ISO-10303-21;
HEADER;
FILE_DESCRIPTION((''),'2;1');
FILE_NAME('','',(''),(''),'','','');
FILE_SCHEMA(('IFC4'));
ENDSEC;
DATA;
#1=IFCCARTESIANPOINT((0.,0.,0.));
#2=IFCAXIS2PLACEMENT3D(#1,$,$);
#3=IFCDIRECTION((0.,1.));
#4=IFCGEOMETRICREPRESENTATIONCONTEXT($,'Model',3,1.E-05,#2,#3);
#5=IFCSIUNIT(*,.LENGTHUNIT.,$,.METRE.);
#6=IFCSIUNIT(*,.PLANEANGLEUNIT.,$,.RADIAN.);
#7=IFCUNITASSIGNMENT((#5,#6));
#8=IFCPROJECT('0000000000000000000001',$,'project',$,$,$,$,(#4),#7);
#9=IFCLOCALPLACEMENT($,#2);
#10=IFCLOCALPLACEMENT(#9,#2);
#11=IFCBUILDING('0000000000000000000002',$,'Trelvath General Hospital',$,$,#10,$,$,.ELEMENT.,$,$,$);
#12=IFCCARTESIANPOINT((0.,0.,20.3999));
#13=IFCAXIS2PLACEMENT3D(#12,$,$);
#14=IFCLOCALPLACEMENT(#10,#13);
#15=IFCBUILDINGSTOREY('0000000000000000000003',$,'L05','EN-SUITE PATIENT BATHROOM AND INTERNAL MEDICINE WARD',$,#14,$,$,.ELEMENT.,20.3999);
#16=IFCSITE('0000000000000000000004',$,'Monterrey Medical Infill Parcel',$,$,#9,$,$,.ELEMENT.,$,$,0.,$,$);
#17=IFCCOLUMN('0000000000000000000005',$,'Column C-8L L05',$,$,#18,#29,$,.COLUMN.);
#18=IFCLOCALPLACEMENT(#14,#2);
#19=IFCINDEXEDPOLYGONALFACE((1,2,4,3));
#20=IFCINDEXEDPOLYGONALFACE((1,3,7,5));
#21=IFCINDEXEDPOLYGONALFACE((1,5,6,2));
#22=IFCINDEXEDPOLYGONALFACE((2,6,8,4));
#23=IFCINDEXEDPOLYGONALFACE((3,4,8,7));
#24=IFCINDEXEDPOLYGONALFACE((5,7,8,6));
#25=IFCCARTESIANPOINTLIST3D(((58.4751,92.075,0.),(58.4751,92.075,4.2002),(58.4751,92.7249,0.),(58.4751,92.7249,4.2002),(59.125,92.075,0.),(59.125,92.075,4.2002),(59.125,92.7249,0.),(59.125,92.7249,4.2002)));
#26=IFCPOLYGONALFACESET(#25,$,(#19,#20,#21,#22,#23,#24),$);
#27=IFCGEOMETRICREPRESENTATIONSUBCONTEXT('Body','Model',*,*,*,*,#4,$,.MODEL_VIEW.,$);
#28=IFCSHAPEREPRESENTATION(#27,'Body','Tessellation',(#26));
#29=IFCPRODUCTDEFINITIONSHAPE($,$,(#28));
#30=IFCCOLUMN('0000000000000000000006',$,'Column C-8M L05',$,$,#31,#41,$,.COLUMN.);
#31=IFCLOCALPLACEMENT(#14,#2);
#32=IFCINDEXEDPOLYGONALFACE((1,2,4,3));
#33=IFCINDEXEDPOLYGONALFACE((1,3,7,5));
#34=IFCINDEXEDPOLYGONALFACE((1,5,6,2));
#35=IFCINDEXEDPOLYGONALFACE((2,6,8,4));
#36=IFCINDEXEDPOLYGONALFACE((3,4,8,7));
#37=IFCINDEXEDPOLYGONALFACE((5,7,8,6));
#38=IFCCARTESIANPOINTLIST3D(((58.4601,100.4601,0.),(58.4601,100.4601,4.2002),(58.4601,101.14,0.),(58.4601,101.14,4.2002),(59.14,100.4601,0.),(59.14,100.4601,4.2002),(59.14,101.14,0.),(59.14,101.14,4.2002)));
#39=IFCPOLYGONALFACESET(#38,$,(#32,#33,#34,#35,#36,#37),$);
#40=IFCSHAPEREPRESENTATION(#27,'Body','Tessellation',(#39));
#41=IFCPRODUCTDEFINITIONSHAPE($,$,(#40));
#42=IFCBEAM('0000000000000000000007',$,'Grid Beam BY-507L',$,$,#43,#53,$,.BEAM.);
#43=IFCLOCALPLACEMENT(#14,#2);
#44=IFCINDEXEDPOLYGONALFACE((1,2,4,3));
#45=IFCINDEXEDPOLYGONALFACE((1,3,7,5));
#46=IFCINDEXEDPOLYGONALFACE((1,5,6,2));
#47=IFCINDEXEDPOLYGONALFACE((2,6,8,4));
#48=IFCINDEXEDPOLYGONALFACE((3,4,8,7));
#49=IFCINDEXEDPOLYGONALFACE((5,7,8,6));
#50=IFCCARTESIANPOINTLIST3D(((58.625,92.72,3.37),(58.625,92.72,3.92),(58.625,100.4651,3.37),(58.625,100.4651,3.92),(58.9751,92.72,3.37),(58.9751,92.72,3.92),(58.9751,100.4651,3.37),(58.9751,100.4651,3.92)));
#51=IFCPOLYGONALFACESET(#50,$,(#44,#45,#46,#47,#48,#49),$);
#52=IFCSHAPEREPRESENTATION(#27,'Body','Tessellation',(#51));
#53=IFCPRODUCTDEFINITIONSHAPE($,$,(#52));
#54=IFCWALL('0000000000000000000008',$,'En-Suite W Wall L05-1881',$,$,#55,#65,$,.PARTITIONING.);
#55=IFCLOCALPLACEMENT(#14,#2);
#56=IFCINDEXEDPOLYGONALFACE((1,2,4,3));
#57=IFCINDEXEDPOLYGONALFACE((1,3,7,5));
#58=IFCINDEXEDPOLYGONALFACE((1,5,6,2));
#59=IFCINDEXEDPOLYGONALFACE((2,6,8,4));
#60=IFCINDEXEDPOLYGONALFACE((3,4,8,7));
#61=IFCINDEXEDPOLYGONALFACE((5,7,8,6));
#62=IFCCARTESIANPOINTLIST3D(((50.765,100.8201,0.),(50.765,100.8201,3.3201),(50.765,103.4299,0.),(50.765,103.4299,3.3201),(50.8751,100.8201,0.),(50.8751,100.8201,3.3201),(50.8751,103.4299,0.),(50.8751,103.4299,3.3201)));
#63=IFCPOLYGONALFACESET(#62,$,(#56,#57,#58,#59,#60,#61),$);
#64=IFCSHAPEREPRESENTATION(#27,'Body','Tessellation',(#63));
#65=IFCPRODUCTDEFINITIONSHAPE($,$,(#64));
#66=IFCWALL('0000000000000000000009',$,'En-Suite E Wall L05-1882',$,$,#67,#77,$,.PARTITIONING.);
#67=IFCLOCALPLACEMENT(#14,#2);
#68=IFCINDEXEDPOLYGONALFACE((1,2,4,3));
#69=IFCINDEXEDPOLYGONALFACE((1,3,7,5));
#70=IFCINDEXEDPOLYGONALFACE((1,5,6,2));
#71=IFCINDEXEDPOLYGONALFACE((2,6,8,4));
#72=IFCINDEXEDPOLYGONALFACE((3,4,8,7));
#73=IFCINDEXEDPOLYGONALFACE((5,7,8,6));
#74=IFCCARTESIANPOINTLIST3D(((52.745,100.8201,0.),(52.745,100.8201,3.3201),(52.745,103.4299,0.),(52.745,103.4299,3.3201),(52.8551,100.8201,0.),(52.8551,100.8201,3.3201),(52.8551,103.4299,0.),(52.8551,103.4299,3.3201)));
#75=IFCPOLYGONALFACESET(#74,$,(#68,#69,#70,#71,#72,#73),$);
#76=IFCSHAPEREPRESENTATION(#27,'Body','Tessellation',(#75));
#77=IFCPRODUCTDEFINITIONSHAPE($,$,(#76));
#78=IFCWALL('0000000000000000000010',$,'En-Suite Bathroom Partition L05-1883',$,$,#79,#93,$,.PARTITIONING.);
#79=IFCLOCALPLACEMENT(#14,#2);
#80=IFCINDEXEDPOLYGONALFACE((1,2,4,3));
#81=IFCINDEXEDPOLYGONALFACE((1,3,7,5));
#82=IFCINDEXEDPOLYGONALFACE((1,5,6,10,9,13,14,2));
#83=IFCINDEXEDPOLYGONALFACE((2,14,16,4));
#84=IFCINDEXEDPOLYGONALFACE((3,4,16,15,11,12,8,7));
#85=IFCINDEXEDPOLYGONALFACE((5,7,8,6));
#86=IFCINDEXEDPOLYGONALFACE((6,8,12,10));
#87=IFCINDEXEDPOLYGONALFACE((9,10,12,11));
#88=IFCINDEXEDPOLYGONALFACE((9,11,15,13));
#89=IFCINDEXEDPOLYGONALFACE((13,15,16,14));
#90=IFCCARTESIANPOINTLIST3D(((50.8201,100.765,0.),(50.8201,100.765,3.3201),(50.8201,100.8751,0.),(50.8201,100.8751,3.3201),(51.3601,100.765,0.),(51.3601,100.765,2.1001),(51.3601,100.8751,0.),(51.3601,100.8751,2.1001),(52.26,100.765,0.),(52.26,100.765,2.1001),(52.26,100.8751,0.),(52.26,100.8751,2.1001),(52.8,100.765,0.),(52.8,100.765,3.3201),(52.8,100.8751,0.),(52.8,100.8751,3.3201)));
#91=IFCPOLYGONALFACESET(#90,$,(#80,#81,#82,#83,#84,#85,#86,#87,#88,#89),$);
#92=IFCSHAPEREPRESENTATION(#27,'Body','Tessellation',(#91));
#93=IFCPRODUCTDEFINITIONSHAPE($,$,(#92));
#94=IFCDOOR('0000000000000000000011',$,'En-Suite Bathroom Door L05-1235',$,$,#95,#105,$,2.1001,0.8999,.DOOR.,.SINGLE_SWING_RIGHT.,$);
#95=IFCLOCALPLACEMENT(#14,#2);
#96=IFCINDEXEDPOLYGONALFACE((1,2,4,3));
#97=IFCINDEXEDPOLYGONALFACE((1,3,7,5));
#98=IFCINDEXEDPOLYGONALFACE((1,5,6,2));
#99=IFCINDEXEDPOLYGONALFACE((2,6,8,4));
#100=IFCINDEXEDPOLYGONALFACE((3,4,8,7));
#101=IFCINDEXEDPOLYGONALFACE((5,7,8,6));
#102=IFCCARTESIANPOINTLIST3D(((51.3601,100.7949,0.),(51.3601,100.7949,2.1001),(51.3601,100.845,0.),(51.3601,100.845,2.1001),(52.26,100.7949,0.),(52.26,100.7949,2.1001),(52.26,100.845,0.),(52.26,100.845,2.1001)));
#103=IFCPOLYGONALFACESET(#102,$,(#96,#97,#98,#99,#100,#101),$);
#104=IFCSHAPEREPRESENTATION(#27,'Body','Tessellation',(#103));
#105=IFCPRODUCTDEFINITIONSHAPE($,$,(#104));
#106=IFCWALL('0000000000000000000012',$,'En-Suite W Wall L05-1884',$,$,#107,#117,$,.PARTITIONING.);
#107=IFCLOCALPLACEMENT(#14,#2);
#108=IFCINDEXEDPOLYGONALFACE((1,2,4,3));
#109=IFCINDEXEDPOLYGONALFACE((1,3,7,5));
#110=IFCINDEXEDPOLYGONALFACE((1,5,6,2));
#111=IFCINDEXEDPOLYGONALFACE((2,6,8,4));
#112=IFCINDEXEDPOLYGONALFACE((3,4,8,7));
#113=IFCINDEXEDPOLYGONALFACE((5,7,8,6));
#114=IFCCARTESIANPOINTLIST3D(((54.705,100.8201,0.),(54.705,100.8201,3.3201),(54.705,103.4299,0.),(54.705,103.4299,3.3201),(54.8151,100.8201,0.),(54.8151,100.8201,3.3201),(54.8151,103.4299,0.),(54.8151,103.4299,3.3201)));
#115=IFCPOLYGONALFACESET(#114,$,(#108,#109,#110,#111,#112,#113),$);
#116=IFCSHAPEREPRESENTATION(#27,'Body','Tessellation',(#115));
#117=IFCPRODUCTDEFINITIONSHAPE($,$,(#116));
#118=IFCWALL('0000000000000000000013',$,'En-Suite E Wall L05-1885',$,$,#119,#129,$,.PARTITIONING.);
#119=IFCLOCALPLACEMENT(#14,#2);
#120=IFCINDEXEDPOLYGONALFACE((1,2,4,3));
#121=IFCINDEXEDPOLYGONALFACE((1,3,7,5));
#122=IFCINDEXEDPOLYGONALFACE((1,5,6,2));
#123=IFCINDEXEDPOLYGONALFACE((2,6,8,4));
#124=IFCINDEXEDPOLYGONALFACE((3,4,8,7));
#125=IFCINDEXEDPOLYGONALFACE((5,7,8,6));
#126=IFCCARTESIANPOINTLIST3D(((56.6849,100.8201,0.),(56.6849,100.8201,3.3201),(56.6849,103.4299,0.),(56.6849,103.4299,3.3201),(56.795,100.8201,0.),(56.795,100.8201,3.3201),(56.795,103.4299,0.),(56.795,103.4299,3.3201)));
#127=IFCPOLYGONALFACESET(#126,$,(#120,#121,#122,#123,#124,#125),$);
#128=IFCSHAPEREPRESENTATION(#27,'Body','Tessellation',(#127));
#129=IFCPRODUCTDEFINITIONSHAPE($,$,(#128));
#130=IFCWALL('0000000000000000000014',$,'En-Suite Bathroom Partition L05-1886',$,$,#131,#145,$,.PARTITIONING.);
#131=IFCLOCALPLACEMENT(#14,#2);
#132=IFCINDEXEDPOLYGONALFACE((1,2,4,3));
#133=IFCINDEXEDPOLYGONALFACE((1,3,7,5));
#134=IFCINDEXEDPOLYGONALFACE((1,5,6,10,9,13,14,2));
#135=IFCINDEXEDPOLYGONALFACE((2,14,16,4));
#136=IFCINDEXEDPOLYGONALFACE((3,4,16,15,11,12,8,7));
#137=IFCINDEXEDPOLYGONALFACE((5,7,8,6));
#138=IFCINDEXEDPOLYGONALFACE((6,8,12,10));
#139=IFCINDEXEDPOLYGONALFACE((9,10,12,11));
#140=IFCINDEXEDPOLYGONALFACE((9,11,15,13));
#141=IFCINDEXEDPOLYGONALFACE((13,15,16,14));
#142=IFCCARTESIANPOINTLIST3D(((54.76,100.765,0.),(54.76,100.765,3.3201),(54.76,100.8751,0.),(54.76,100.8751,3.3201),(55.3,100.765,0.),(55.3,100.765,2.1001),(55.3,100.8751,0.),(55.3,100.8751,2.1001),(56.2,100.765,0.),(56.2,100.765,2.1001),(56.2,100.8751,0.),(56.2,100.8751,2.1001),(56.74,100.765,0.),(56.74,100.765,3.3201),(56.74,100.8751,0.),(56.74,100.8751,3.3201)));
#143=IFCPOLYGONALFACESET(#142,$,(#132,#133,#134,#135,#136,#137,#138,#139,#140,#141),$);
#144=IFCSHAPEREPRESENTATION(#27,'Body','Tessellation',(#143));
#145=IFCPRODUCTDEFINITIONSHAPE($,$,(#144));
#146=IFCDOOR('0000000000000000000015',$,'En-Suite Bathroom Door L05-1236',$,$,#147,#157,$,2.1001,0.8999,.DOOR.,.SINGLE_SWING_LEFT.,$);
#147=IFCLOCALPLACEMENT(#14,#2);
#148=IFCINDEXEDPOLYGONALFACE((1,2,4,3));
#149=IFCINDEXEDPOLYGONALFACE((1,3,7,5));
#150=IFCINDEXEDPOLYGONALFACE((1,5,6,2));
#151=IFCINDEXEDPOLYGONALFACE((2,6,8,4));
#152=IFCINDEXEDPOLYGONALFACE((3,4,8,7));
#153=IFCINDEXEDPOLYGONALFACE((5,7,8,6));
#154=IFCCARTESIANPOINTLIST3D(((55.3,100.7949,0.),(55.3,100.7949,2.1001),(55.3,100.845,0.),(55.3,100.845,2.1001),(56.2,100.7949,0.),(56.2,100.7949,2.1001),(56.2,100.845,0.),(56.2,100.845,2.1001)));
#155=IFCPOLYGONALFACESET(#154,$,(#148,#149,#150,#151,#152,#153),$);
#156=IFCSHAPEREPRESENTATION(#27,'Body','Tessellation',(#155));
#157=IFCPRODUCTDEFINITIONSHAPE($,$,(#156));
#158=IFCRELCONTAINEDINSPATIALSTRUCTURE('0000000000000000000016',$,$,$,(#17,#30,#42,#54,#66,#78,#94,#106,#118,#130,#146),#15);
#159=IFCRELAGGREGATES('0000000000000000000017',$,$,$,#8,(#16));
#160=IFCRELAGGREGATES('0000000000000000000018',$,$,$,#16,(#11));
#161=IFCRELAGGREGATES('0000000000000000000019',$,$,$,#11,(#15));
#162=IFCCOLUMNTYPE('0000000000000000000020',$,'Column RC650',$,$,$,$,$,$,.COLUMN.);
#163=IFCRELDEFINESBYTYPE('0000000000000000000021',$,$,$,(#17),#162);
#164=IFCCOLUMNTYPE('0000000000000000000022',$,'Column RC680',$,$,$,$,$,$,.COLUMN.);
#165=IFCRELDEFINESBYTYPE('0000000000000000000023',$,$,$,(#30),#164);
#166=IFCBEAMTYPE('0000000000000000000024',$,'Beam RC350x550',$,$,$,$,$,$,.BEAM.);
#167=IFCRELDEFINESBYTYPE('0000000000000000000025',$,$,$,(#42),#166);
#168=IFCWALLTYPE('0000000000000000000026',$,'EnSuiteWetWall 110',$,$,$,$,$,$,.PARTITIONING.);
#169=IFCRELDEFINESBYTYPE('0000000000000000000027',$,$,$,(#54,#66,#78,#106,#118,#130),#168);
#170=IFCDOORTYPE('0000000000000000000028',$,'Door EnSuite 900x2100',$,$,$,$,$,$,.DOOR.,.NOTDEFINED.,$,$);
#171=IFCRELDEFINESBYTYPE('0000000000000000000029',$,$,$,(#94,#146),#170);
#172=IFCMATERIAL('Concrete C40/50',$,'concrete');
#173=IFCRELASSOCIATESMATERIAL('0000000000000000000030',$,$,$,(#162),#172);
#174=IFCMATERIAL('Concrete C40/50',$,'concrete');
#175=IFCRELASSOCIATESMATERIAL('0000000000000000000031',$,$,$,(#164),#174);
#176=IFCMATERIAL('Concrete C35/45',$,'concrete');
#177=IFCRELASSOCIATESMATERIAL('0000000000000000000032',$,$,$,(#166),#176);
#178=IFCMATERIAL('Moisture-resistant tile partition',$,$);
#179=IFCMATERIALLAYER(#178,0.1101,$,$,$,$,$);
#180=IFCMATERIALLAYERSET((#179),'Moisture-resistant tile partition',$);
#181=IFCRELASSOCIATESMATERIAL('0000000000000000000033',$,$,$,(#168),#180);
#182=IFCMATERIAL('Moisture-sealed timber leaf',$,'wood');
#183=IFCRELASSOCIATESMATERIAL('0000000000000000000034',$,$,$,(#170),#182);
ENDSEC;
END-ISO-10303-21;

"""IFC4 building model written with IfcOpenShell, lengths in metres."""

from ifc_helpers import new_model, si_unit, direction, frame, frame_2d, origin, origin_2d, place, context, subcontext, project, spatial, rectangle, extrude, material, layer, layer_set, material_profile, profile_set, type_object, element, fill, save


model = new_model("IFC4")

# Units and contexts
model_context = context("Model", 3, precision=1e-05, world=origin(), true_north=direction((0.0, 1.0)))
body_context = subcontext(model_context, "Body", "Model", "MODEL_VIEW")
ifc_project = project(units=[si_unit("LENGTHUNIT", "METRE"), si_unit("PLANEANGLEUNIT", "RADIAN")], contexts=[model_context])

# Site, building, storey
site_placement = place(None, origin())
site = spatial("IfcSite", under=ifc_project, at=site_placement, Name="Monterrey Medical Infill Parcel", CompositionType="ELEMENT", RefElevation=0.0)
building_placement = place(site_placement, origin())
building = spatial("IfcBuilding", under=site, at=building_placement, Name="Trelvath General Hospital", CompositionType="ELEMENT")
storey_placement = place(building_placement, frame((0.0, 0.0, 20.3999)))
storey = spatial("IfcBuildingStorey", under=building, at=storey_placement, Name="L05", Description="EN-SUITE PATIENT BATHROOM AND INTERNAL MEDICINE WARD", CompositionType="ELEMENT", Elevation=20.3999)

# Columns
ifc_material_1 = material(Name="Concrete C40/50", Category="concrete")
ifc_material_profile_1 = material_profile(ifc_material_1, rectangle(XDim=0.6499, YDim=0.6499, at=origin_2d()), Name="RC650x650")
ifc_profile_set_1 = profile_set([ifc_material_profile_1], Name="Concrete C40/50")
column_type_1 = type_object("IfcColumnType", Name="Column RC650", PredefinedType="COLUMN", material=ifc_profile_set_1)
column_1_placement = place(storey_placement, frame((58.8, 92.3999, 0.0), z_axis=(0.0, 0.0, 1.0), x_axis=(1.0, 0.0, 0.0)))
element("IfcColumn", 1, at=column_1_placement, inside=storey, type_object=column_type_1, Name="Column C-8L L05", PredefinedType="COLUMN", context=body_context, shape_type="SweptSolid", body=[
    extrude(rectangle(XDim=0.6499, YDim=0.6499, at=origin_2d()), origin(), (0.0, 0.0, 1.0), 4.2002),
])
ifc_material_2 = material(Name="Concrete C40/50", Category="concrete")
ifc_material_profile_2 = material_profile(ifc_material_2, rectangle(XDim=0.6799, YDim=0.6799, at=origin_2d()), Name="RC680x680")
ifc_profile_set_2 = profile_set([ifc_material_profile_2], Name="Concrete C40/50")
column_type_2 = type_object("IfcColumnType", Name="Column RC680", PredefinedType="COLUMN", material=ifc_profile_set_2)
column_2_placement = place(storey_placement, frame((58.8, 100.8, 0.0), z_axis=(0.0, 0.0, 1.0), x_axis=(1.0, 0.0, 0.0)))
element("IfcColumn", 2, at=column_2_placement, inside=storey, type_object=column_type_2, Name="Column C-8M L05", PredefinedType="COLUMN", context=body_context, shape_type="SweptSolid", body=[
    extrude(rectangle(XDim=0.6799, YDim=0.6799, at=origin_2d()), origin(), (0.0, 0.0, 1.0), 4.2002),
])

# Beam
ifc_material_3 = material(Name="Concrete C35/45", Category="concrete")
ifc_material_profile_3 = material_profile(ifc_material_3, rectangle(XDim=0.3501, YDim=0.55, at=origin_2d()), Name="RCB350x550")
ifc_profile_set_3 = profile_set([ifc_material_profile_3], Name="Concrete C35/45")
beam_type = type_object("IfcBeamType", Name="Beam RC350x550", PredefinedType="BEAM", material=ifc_profile_set_3)
beam_placement = place(storey_placement, frame((58.8, 92.72, 3.645), z_axis=(0.0, 1.0, 0.0), x_axis=(-1.0, 0.0, 0.0)))
element("IfcBeam", 3, at=beam_placement, inside=storey, type_object=beam_type, Name="Grid Beam BY-507L", PredefinedType="BEAM", context=body_context, shape_type="SweptSolid", body=[
    extrude(rectangle(XDim=0.3501, YDim=0.55, at=origin_2d()), origin(), (0.0, 0.0, 1.0), 7.7451),
])

# Walls
ifc_material_4 = material(Name="Moisture-resistant tile partition")
ifc_layer_1 = layer(ifc_material_4, 0.1101)
ifc_layer_set_1 = layer_set([ifc_layer_1], Name="Moisture-resistant tile partition")
wall_type_1 = type_object("IfcWallType", Name="EnSuiteWetWall 110", PredefinedType="PARTITIONING", material=ifc_layer_set_1)
for number, where, z_axis, x_axis, name in (
    (4, (50.8201, 100.8201, 0.0), (0.0, 0.0, 1.0), (0.0, 1.0, 0.0), "En-Suite W Wall L05-1881"),
    (5, (52.8, 100.8201, 0.0), (0.0, 0.0, 1.0), (0.0, 1.0, 0.0), "En-Suite E Wall L05-1882"),
):
    element("IfcWall", number, at=place(storey_placement, frame(where, z_axis=z_axis, x_axis=x_axis)), inside=storey, type_object=wall_type_1, Name=name, PredefinedType="PARTITIONING", context=body_context, shape_type="SweptSolid", body=[
        extrude(rectangle(XDim=2.6099, YDim=0.1101, at=frame_2d((1.3049, 0.0))), origin(), (0.0, 0.0, 1.0), 3.3201),
    ])

# Wall, opening, door
wall_1_placement = place(storey_placement, frame((50.8201, 100.8201, 0.0), z_axis=(0.0, 0.0, 1.0), x_axis=(1.0, 0.0, 0.0)))
wall_1 = element("IfcWall", 6, at=wall_1_placement, inside=storey, type_object=wall_type_1, Name="En-Suite Bathroom Partition L05-1883", PredefinedType="PARTITIONING", context=body_context, shape_type="SweptSolid", body=[
    extrude(rectangle(XDim=1.98, YDim=0.1101, at=frame_2d((0.99, 0.0))), origin(), (0.0, 0.0, 1.0), 3.3201),
])
opening_1_placement = place(wall_1_placement, frame((0.54, 0.0, 0.0)))
opening_1 = element("IfcOpeningElement", 7, at=opening_1_placement, cuts=wall_1, PredefinedType="OPENING", context=body_context, shape_type="SweptSolid", body=[
    extrude(rectangle(XDim=0.8999, YDim=2.1001, at=frame_2d((0.45, 1.05))), frame((0.0, 0.0649, 0.0), z_axis=(0.0, -1.0, 0.0), x_axis=(1.0, 0.0, 0.0)), (0.0, 0.0, 1.0), 0.1301),
])
ifc_material_5 = material(Name="Moisture-sealed timber leaf", Category="wood")
door_type = type_object("IfcDoorType", Name="Door EnSuite 900x2100", OperationType="NOTDEFINED", PredefinedType="DOOR", material=ifc_material_5)
door_1_placement = place(opening_1_placement, origin())
door_1 = element("IfcDoor", 8, at=door_1_placement, inside=storey, type_object=door_type, Name="En-Suite Bathroom Door L05-1235", OperationType="SINGLE_SWING_RIGHT", OverallHeight=2.1001, OverallWidth=0.8999, PredefinedType="DOOR", context=body_context, shape_type="SweptSolid", body=[
    extrude(rectangle(XDim=0.8999, YDim=2.1001, at=frame_2d((0.45, 1.05))), frame((0.0, 0.0249, 0.0), z_axis=(0.0, -1.0, 0.0), x_axis=(1.0, 0.0, 0.0)), (0.0, 0.0, 1.0), 0.05),
])
fill(opening_1, door_1)

# Walls
for number, where, z_axis, x_axis, name in (
    (9, (54.76, 100.8201, 0.0), (0.0, 0.0, 1.0), (0.0, 1.0, 0.0), "En-Suite W Wall L05-1884"),
    (10, (56.74, 100.8201, 0.0), (0.0, 0.0, 1.0), (0.0, 1.0, 0.0), "En-Suite E Wall L05-1885"),
):
    element("IfcWall", number, at=place(storey_placement, frame(where, z_axis=z_axis, x_axis=x_axis)), inside=storey, type_object=wall_type_1, Name=name, PredefinedType="PARTITIONING", context=body_context, shape_type="SweptSolid", body=[
        extrude(rectangle(XDim=2.6099, YDim=0.1101, at=frame_2d((1.3049, 0.0))), origin(), (0.0, 0.0, 1.0), 3.3201),
    ])

# Wall, opening, door
wall_2_placement = place(storey_placement, frame((54.76, 100.8201, 0.0), z_axis=(0.0, 0.0, 1.0), x_axis=(1.0, 0.0, 0.0)))
wall_2 = element("IfcWall", 11, at=wall_2_placement, inside=storey, type_object=wall_type_1, Name="En-Suite Bathroom Partition L05-1886", PredefinedType="PARTITIONING", context=body_context, shape_type="SweptSolid", body=[
    extrude(rectangle(XDim=1.98, YDim=0.1101, at=frame_2d((0.99, 0.0))), origin(), (0.0, 0.0, 1.0), 3.3201),
])
opening_2_placement = place(wall_2_placement, frame((0.54, 0.0, 0.0)))
opening_2 = element("IfcOpeningElement", 12, at=opening_2_placement, cuts=wall_2, PredefinedType="OPENING", context=body_context, shape_type="SweptSolid", body=[
    extrude(rectangle(XDim=0.8999, YDim=2.1001, at=frame_2d((0.45, 1.05))), frame((0.0, 0.0649, 0.0), z_axis=(0.0, -1.0, 0.0), x_axis=(1.0, 0.0, 0.0)), (0.0, 0.0, 1.0), 0.1301),
])
door_2_placement = place(opening_2_placement, origin())
door_2 = element("IfcDoor", 13, at=door_2_placement, inside=storey, type_object=door_type, Name="En-Suite Bathroom Door L05-1236", OperationType="SINGLE_SWING_LEFT", OverallHeight=2.1001, OverallWidth=0.8999, PredefinedType="DOOR", context=body_context, shape_type="SweptSolid", body=[
    extrude(rectangle(XDim=0.8999, YDim=2.1001, at=frame_2d((0.45, 1.05))), frame((0.0, 0.0249, 0.0), z_axis=(0.0, -1.0, 0.0), x_axis=(1.0, 0.0, 0.0)), (0.0, 0.0, 1.0), 0.05),
])
fill(opening_2, door_2)

save(model, "model.ifc")
